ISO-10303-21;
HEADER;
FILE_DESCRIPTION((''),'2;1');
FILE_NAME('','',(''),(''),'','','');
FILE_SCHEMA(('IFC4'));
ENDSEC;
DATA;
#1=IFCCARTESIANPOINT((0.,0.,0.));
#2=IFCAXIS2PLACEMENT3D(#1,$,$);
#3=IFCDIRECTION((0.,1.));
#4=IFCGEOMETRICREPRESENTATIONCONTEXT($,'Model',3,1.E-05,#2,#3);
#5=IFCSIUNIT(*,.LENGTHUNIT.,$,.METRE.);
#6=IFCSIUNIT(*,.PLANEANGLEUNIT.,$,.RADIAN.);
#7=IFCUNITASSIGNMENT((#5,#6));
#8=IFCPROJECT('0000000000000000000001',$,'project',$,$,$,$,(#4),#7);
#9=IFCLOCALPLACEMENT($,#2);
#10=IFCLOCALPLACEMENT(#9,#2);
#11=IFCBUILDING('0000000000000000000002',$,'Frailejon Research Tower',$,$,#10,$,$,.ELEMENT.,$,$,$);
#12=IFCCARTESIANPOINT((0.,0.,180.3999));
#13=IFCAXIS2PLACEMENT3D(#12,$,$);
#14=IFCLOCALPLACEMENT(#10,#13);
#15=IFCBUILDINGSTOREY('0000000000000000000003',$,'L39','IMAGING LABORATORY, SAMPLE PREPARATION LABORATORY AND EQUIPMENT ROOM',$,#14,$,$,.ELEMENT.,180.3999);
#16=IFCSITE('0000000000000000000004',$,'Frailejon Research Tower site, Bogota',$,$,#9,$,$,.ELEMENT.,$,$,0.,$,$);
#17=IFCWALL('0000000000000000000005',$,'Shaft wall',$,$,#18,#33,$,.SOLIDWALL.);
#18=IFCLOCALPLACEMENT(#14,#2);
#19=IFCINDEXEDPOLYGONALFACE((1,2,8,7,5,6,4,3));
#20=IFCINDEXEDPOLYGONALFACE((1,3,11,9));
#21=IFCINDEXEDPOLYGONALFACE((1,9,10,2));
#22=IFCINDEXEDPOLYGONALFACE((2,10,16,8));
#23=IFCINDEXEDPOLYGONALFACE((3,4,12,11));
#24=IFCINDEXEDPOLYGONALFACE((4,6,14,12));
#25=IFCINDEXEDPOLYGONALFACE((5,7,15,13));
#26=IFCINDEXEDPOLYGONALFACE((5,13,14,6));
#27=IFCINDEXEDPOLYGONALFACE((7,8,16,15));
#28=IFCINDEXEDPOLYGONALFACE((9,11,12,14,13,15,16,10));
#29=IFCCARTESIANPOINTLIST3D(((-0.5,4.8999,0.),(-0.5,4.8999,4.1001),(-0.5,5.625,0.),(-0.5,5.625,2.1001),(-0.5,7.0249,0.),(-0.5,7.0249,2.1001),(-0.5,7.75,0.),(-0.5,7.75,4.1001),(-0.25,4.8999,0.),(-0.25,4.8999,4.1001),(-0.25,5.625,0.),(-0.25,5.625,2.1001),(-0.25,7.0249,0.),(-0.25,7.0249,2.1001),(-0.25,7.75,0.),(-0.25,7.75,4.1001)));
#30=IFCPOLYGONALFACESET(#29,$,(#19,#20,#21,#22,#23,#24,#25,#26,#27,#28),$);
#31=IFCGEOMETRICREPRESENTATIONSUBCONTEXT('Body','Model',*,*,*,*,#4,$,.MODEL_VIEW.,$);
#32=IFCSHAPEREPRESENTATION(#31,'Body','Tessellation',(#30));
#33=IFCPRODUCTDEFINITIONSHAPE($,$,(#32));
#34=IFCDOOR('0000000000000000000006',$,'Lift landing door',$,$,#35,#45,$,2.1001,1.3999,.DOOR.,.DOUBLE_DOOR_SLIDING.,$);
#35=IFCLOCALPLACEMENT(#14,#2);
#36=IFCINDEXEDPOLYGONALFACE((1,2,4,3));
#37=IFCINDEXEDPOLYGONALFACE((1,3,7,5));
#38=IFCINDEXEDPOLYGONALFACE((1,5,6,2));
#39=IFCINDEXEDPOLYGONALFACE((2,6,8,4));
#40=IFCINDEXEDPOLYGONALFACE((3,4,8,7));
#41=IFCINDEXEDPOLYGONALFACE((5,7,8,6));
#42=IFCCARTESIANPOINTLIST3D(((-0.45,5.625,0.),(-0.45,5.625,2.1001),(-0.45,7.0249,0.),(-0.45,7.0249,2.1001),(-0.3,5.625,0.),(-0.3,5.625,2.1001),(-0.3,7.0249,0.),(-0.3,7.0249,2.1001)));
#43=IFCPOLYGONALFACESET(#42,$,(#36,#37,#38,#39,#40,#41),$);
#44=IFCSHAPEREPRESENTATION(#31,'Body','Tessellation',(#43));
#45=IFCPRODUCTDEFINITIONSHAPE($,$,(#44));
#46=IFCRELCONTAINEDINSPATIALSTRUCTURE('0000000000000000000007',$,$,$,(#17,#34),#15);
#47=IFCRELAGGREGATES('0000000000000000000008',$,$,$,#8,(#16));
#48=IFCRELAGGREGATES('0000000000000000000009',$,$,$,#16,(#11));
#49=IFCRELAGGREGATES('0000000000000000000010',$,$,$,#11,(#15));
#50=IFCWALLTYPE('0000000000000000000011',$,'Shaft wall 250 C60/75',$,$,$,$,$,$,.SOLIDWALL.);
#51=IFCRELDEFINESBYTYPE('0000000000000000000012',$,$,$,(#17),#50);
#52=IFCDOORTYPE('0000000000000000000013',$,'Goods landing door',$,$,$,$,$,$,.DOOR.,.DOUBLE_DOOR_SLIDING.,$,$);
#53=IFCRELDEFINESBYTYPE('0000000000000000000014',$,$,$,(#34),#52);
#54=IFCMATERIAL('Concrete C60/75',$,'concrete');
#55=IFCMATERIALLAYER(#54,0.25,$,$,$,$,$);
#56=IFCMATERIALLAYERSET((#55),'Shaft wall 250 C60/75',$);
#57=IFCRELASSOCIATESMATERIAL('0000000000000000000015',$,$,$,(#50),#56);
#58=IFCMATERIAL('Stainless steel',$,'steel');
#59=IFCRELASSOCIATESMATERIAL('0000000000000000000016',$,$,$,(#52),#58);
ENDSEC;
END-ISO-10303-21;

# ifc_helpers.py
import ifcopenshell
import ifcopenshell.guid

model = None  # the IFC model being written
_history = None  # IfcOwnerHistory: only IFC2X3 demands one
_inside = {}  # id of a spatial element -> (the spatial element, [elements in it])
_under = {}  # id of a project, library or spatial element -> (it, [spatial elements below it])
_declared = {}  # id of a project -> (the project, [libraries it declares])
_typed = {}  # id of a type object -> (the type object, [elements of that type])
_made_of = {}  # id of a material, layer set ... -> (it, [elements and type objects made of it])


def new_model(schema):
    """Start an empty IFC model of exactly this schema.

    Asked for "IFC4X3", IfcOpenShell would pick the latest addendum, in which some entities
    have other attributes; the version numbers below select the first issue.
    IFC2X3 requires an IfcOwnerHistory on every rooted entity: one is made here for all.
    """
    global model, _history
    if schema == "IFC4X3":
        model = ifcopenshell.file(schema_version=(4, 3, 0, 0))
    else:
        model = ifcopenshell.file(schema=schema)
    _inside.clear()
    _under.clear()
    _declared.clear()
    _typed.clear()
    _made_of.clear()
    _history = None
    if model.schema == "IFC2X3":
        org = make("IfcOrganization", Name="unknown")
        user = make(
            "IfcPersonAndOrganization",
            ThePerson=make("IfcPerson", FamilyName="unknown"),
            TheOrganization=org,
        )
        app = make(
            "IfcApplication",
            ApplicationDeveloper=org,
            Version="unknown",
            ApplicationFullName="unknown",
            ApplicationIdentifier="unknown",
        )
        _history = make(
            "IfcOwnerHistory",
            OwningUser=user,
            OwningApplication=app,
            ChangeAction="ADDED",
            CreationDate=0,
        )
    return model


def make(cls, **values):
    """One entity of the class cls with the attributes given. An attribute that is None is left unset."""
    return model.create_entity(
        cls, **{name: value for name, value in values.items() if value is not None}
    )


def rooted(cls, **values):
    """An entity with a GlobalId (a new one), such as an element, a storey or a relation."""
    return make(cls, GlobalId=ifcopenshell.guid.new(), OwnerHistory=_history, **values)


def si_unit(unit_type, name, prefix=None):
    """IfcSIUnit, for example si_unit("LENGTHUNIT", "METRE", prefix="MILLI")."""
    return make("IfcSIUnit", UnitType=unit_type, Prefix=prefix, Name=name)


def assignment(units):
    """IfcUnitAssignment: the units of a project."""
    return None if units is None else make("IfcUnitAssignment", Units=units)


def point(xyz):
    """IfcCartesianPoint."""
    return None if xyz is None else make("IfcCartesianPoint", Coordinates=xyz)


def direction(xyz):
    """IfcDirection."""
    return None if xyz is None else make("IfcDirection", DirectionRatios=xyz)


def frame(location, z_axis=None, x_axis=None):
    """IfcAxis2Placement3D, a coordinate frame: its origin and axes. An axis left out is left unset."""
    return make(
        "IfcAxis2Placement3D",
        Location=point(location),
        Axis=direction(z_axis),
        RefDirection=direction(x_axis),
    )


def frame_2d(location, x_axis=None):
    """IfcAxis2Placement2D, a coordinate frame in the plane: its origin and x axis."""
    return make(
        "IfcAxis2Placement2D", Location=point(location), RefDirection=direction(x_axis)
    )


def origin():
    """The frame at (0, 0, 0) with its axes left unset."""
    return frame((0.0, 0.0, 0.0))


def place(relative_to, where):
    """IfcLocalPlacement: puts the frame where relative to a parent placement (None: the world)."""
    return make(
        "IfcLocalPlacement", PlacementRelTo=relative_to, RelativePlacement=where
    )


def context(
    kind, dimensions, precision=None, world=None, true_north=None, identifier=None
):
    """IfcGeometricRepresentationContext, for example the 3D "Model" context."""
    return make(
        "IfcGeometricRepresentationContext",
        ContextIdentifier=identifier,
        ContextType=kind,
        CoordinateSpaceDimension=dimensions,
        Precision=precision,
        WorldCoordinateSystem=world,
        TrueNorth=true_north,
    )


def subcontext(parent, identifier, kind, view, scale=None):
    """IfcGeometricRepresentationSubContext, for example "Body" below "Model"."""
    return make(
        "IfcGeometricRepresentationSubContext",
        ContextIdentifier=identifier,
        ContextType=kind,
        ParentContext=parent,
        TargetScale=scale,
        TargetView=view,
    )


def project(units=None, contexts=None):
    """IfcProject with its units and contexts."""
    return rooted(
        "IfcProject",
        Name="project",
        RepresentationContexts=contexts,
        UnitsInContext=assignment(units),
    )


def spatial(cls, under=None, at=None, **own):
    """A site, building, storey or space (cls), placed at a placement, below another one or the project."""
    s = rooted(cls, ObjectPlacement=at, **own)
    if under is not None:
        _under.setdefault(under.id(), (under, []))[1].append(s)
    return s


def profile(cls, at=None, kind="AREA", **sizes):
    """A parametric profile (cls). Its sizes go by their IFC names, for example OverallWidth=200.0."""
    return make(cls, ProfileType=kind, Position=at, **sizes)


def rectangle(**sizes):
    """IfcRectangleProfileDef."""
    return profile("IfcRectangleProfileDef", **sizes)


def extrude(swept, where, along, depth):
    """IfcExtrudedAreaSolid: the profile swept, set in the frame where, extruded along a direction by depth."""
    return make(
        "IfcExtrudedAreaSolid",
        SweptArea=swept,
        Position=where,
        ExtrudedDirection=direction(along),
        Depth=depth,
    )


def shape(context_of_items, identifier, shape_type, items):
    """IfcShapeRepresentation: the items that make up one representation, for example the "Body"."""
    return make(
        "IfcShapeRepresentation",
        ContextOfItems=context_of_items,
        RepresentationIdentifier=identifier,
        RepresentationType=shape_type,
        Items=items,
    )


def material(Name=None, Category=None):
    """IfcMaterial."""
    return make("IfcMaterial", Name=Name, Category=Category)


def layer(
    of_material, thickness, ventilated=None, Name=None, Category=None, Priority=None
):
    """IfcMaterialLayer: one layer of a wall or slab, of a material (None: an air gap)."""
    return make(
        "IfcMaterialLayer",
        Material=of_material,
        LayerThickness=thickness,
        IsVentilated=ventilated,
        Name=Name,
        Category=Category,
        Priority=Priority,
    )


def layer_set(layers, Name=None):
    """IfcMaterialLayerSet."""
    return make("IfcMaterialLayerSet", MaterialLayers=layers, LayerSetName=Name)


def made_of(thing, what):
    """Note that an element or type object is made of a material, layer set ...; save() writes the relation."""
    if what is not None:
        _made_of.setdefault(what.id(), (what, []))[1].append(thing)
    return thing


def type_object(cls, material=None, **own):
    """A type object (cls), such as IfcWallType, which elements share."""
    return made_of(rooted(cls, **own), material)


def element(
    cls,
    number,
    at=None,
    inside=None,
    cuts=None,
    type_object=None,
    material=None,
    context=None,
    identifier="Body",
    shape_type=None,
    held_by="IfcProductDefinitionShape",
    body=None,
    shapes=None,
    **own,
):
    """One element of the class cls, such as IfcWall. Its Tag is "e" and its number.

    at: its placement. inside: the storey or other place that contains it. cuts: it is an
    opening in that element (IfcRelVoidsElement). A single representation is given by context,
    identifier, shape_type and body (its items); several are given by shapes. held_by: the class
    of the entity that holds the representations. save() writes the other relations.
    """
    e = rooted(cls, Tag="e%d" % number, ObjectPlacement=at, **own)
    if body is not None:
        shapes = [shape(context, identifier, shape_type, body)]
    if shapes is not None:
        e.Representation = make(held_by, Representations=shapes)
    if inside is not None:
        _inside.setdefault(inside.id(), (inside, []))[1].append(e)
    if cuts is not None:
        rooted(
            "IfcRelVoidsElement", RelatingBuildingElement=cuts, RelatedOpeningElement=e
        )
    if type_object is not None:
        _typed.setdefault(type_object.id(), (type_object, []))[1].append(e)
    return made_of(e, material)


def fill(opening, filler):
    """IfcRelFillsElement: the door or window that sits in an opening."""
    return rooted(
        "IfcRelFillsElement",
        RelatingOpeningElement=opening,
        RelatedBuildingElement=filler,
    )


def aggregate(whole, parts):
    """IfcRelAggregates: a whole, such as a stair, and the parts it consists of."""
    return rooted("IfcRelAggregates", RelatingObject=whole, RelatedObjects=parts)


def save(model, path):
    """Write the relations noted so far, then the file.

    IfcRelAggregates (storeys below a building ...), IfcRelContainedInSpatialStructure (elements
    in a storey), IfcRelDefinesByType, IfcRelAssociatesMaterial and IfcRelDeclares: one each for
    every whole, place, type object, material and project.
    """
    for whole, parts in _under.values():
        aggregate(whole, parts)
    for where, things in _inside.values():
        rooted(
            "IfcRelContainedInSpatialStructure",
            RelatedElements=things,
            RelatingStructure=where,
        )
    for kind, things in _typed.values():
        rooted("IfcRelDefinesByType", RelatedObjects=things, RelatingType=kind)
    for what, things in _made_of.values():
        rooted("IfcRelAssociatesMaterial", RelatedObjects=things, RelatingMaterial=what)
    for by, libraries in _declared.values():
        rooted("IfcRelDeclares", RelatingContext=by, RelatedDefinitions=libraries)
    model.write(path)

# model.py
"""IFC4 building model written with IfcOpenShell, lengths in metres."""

from ifc_helpers import new_model, si_unit, direction, frame, frame_2d, origin, place, context, subcontext, project, spatial, rectangle, extrude, material, layer, layer_set, type_object, element, fill, save


model = new_model("IFC4")

# Units and contexts
model_context = context("Model", 3, precision=1e-05, world=origin(), true_north=direction((0.0, 1.0)))
body_context = subcontext(model_context, "Body", "Model", "MODEL_VIEW")
ifc_project = project(units=[si_unit("LENGTHUNIT", "METRE"), si_unit("PLANEANGLEUNIT", "RADIAN")], contexts=[model_context])

# Site, building, storey
site_placement = place(None, origin())
site = spatial("IfcSite", under=ifc_project, at=site_placement, Name="Frailejon Research Tower site, Bogota", CompositionType="ELEMENT", RefElevation=0.0)
building_placement = place(site_placement, origin())
building = spatial("IfcBuilding", under=site, at=building_placement, Name="Frailejon Research Tower", CompositionType="ELEMENT")
storey_placement = place(building_placement, frame((0.0, 0.0, 180.3999)))
storey = spatial("IfcBuildingStorey", under=building, at=storey_placement, Name="L39", Description="IMAGING LABORATORY, SAMPLE PREPARATION LABORATORY AND EQUIPMENT ROOM", CompositionType="ELEMENT", Elevation=180.3999)

# Shared definitions
ifc_material_1 = material(Name="Concrete C60/75", Category="concrete")
ifc_layer_1 = layer(ifc_material_1, 0.25)
ifc_layer_set_1 = layer_set([ifc_layer_1], Name="Shaft wall 250 C60/75")
wall_type_1 = type_object("IfcWallType", Name="Shaft wall 250 C60/75", PredefinedType="SOLIDWALL", material=ifc_layer_set_1)

# Wall, opening, door
wall_1_placement = place(storey_placement, frame((-0.375, 4.8999, 0.0), z_axis=(0.0, 0.0, 1.0), x_axis=(0.0, 1.0, 0.0)))
wall_1 = element("IfcWall", 1, at=wall_1_placement, inside=storey, type_object=wall_type_1, Name="Shaft wall", PredefinedType="SOLIDWALL", context=body_context, shape_type="SweptSolid", body=[
    extrude(rectangle(XDim=2.8501, YDim=0.25, at=frame_2d((1.425, 0.0))), origin(), (0.0, 0.0, 1.0), 4.1001),
])
opening_1_placement = place(wall_1_placement, frame((0.7251, 0.0, 0.0)))
opening_1 = element("IfcOpeningElement", 2, at=opening_1_placement, cuts=wall_1, PredefinedType="OPENING", context=body_context, shape_type="SweptSolid", body=[
    extrude(rectangle(XDim=1.3999, YDim=2.1001, at=frame_2d((0.7, 1.05))), frame((0.0, 0.135, 0.0), z_axis=(0.0, -1.0, 0.0), x_axis=(1.0, 0.0, 0.0)), (0.0, 0.0, 1.0), 0.27),
])
ifc_material_2 = material(Name="Stainless steel", Category="steel")
door_type_1 = type_object("IfcDoorType", Name="Goods landing door", OperationType="DOUBLE_DOOR_SLIDING", PredefinedType="DOOR", material=ifc_material_2)
door_1_placement = place(opening_1_placement, origin())
door_1 = element("IfcDoor", 3, at=door_1_placement, inside=storey, type_object=door_type_1, Name="Lift landing door", OperationType="DOUBLE_DOOR_SLIDING", OverallHeight=2.1001, OverallWidth=1.3999, PredefinedType="DOOR", context=body_context, shape_type="SweptSolid", body=[
    extrude(rectangle(XDim=1.3999, YDim=2.1001, at=frame_2d((0.7, 1.05))), frame((0.0, 0.075, 0.0), z_axis=(0.0, -1.0, 0.0), x_axis=(1.0, 0.0, 0.0)), (0.0, 0.0, 1.0), 0.1499),
])
fill(opening_1, door_1)

save(model, "model.ifc")
